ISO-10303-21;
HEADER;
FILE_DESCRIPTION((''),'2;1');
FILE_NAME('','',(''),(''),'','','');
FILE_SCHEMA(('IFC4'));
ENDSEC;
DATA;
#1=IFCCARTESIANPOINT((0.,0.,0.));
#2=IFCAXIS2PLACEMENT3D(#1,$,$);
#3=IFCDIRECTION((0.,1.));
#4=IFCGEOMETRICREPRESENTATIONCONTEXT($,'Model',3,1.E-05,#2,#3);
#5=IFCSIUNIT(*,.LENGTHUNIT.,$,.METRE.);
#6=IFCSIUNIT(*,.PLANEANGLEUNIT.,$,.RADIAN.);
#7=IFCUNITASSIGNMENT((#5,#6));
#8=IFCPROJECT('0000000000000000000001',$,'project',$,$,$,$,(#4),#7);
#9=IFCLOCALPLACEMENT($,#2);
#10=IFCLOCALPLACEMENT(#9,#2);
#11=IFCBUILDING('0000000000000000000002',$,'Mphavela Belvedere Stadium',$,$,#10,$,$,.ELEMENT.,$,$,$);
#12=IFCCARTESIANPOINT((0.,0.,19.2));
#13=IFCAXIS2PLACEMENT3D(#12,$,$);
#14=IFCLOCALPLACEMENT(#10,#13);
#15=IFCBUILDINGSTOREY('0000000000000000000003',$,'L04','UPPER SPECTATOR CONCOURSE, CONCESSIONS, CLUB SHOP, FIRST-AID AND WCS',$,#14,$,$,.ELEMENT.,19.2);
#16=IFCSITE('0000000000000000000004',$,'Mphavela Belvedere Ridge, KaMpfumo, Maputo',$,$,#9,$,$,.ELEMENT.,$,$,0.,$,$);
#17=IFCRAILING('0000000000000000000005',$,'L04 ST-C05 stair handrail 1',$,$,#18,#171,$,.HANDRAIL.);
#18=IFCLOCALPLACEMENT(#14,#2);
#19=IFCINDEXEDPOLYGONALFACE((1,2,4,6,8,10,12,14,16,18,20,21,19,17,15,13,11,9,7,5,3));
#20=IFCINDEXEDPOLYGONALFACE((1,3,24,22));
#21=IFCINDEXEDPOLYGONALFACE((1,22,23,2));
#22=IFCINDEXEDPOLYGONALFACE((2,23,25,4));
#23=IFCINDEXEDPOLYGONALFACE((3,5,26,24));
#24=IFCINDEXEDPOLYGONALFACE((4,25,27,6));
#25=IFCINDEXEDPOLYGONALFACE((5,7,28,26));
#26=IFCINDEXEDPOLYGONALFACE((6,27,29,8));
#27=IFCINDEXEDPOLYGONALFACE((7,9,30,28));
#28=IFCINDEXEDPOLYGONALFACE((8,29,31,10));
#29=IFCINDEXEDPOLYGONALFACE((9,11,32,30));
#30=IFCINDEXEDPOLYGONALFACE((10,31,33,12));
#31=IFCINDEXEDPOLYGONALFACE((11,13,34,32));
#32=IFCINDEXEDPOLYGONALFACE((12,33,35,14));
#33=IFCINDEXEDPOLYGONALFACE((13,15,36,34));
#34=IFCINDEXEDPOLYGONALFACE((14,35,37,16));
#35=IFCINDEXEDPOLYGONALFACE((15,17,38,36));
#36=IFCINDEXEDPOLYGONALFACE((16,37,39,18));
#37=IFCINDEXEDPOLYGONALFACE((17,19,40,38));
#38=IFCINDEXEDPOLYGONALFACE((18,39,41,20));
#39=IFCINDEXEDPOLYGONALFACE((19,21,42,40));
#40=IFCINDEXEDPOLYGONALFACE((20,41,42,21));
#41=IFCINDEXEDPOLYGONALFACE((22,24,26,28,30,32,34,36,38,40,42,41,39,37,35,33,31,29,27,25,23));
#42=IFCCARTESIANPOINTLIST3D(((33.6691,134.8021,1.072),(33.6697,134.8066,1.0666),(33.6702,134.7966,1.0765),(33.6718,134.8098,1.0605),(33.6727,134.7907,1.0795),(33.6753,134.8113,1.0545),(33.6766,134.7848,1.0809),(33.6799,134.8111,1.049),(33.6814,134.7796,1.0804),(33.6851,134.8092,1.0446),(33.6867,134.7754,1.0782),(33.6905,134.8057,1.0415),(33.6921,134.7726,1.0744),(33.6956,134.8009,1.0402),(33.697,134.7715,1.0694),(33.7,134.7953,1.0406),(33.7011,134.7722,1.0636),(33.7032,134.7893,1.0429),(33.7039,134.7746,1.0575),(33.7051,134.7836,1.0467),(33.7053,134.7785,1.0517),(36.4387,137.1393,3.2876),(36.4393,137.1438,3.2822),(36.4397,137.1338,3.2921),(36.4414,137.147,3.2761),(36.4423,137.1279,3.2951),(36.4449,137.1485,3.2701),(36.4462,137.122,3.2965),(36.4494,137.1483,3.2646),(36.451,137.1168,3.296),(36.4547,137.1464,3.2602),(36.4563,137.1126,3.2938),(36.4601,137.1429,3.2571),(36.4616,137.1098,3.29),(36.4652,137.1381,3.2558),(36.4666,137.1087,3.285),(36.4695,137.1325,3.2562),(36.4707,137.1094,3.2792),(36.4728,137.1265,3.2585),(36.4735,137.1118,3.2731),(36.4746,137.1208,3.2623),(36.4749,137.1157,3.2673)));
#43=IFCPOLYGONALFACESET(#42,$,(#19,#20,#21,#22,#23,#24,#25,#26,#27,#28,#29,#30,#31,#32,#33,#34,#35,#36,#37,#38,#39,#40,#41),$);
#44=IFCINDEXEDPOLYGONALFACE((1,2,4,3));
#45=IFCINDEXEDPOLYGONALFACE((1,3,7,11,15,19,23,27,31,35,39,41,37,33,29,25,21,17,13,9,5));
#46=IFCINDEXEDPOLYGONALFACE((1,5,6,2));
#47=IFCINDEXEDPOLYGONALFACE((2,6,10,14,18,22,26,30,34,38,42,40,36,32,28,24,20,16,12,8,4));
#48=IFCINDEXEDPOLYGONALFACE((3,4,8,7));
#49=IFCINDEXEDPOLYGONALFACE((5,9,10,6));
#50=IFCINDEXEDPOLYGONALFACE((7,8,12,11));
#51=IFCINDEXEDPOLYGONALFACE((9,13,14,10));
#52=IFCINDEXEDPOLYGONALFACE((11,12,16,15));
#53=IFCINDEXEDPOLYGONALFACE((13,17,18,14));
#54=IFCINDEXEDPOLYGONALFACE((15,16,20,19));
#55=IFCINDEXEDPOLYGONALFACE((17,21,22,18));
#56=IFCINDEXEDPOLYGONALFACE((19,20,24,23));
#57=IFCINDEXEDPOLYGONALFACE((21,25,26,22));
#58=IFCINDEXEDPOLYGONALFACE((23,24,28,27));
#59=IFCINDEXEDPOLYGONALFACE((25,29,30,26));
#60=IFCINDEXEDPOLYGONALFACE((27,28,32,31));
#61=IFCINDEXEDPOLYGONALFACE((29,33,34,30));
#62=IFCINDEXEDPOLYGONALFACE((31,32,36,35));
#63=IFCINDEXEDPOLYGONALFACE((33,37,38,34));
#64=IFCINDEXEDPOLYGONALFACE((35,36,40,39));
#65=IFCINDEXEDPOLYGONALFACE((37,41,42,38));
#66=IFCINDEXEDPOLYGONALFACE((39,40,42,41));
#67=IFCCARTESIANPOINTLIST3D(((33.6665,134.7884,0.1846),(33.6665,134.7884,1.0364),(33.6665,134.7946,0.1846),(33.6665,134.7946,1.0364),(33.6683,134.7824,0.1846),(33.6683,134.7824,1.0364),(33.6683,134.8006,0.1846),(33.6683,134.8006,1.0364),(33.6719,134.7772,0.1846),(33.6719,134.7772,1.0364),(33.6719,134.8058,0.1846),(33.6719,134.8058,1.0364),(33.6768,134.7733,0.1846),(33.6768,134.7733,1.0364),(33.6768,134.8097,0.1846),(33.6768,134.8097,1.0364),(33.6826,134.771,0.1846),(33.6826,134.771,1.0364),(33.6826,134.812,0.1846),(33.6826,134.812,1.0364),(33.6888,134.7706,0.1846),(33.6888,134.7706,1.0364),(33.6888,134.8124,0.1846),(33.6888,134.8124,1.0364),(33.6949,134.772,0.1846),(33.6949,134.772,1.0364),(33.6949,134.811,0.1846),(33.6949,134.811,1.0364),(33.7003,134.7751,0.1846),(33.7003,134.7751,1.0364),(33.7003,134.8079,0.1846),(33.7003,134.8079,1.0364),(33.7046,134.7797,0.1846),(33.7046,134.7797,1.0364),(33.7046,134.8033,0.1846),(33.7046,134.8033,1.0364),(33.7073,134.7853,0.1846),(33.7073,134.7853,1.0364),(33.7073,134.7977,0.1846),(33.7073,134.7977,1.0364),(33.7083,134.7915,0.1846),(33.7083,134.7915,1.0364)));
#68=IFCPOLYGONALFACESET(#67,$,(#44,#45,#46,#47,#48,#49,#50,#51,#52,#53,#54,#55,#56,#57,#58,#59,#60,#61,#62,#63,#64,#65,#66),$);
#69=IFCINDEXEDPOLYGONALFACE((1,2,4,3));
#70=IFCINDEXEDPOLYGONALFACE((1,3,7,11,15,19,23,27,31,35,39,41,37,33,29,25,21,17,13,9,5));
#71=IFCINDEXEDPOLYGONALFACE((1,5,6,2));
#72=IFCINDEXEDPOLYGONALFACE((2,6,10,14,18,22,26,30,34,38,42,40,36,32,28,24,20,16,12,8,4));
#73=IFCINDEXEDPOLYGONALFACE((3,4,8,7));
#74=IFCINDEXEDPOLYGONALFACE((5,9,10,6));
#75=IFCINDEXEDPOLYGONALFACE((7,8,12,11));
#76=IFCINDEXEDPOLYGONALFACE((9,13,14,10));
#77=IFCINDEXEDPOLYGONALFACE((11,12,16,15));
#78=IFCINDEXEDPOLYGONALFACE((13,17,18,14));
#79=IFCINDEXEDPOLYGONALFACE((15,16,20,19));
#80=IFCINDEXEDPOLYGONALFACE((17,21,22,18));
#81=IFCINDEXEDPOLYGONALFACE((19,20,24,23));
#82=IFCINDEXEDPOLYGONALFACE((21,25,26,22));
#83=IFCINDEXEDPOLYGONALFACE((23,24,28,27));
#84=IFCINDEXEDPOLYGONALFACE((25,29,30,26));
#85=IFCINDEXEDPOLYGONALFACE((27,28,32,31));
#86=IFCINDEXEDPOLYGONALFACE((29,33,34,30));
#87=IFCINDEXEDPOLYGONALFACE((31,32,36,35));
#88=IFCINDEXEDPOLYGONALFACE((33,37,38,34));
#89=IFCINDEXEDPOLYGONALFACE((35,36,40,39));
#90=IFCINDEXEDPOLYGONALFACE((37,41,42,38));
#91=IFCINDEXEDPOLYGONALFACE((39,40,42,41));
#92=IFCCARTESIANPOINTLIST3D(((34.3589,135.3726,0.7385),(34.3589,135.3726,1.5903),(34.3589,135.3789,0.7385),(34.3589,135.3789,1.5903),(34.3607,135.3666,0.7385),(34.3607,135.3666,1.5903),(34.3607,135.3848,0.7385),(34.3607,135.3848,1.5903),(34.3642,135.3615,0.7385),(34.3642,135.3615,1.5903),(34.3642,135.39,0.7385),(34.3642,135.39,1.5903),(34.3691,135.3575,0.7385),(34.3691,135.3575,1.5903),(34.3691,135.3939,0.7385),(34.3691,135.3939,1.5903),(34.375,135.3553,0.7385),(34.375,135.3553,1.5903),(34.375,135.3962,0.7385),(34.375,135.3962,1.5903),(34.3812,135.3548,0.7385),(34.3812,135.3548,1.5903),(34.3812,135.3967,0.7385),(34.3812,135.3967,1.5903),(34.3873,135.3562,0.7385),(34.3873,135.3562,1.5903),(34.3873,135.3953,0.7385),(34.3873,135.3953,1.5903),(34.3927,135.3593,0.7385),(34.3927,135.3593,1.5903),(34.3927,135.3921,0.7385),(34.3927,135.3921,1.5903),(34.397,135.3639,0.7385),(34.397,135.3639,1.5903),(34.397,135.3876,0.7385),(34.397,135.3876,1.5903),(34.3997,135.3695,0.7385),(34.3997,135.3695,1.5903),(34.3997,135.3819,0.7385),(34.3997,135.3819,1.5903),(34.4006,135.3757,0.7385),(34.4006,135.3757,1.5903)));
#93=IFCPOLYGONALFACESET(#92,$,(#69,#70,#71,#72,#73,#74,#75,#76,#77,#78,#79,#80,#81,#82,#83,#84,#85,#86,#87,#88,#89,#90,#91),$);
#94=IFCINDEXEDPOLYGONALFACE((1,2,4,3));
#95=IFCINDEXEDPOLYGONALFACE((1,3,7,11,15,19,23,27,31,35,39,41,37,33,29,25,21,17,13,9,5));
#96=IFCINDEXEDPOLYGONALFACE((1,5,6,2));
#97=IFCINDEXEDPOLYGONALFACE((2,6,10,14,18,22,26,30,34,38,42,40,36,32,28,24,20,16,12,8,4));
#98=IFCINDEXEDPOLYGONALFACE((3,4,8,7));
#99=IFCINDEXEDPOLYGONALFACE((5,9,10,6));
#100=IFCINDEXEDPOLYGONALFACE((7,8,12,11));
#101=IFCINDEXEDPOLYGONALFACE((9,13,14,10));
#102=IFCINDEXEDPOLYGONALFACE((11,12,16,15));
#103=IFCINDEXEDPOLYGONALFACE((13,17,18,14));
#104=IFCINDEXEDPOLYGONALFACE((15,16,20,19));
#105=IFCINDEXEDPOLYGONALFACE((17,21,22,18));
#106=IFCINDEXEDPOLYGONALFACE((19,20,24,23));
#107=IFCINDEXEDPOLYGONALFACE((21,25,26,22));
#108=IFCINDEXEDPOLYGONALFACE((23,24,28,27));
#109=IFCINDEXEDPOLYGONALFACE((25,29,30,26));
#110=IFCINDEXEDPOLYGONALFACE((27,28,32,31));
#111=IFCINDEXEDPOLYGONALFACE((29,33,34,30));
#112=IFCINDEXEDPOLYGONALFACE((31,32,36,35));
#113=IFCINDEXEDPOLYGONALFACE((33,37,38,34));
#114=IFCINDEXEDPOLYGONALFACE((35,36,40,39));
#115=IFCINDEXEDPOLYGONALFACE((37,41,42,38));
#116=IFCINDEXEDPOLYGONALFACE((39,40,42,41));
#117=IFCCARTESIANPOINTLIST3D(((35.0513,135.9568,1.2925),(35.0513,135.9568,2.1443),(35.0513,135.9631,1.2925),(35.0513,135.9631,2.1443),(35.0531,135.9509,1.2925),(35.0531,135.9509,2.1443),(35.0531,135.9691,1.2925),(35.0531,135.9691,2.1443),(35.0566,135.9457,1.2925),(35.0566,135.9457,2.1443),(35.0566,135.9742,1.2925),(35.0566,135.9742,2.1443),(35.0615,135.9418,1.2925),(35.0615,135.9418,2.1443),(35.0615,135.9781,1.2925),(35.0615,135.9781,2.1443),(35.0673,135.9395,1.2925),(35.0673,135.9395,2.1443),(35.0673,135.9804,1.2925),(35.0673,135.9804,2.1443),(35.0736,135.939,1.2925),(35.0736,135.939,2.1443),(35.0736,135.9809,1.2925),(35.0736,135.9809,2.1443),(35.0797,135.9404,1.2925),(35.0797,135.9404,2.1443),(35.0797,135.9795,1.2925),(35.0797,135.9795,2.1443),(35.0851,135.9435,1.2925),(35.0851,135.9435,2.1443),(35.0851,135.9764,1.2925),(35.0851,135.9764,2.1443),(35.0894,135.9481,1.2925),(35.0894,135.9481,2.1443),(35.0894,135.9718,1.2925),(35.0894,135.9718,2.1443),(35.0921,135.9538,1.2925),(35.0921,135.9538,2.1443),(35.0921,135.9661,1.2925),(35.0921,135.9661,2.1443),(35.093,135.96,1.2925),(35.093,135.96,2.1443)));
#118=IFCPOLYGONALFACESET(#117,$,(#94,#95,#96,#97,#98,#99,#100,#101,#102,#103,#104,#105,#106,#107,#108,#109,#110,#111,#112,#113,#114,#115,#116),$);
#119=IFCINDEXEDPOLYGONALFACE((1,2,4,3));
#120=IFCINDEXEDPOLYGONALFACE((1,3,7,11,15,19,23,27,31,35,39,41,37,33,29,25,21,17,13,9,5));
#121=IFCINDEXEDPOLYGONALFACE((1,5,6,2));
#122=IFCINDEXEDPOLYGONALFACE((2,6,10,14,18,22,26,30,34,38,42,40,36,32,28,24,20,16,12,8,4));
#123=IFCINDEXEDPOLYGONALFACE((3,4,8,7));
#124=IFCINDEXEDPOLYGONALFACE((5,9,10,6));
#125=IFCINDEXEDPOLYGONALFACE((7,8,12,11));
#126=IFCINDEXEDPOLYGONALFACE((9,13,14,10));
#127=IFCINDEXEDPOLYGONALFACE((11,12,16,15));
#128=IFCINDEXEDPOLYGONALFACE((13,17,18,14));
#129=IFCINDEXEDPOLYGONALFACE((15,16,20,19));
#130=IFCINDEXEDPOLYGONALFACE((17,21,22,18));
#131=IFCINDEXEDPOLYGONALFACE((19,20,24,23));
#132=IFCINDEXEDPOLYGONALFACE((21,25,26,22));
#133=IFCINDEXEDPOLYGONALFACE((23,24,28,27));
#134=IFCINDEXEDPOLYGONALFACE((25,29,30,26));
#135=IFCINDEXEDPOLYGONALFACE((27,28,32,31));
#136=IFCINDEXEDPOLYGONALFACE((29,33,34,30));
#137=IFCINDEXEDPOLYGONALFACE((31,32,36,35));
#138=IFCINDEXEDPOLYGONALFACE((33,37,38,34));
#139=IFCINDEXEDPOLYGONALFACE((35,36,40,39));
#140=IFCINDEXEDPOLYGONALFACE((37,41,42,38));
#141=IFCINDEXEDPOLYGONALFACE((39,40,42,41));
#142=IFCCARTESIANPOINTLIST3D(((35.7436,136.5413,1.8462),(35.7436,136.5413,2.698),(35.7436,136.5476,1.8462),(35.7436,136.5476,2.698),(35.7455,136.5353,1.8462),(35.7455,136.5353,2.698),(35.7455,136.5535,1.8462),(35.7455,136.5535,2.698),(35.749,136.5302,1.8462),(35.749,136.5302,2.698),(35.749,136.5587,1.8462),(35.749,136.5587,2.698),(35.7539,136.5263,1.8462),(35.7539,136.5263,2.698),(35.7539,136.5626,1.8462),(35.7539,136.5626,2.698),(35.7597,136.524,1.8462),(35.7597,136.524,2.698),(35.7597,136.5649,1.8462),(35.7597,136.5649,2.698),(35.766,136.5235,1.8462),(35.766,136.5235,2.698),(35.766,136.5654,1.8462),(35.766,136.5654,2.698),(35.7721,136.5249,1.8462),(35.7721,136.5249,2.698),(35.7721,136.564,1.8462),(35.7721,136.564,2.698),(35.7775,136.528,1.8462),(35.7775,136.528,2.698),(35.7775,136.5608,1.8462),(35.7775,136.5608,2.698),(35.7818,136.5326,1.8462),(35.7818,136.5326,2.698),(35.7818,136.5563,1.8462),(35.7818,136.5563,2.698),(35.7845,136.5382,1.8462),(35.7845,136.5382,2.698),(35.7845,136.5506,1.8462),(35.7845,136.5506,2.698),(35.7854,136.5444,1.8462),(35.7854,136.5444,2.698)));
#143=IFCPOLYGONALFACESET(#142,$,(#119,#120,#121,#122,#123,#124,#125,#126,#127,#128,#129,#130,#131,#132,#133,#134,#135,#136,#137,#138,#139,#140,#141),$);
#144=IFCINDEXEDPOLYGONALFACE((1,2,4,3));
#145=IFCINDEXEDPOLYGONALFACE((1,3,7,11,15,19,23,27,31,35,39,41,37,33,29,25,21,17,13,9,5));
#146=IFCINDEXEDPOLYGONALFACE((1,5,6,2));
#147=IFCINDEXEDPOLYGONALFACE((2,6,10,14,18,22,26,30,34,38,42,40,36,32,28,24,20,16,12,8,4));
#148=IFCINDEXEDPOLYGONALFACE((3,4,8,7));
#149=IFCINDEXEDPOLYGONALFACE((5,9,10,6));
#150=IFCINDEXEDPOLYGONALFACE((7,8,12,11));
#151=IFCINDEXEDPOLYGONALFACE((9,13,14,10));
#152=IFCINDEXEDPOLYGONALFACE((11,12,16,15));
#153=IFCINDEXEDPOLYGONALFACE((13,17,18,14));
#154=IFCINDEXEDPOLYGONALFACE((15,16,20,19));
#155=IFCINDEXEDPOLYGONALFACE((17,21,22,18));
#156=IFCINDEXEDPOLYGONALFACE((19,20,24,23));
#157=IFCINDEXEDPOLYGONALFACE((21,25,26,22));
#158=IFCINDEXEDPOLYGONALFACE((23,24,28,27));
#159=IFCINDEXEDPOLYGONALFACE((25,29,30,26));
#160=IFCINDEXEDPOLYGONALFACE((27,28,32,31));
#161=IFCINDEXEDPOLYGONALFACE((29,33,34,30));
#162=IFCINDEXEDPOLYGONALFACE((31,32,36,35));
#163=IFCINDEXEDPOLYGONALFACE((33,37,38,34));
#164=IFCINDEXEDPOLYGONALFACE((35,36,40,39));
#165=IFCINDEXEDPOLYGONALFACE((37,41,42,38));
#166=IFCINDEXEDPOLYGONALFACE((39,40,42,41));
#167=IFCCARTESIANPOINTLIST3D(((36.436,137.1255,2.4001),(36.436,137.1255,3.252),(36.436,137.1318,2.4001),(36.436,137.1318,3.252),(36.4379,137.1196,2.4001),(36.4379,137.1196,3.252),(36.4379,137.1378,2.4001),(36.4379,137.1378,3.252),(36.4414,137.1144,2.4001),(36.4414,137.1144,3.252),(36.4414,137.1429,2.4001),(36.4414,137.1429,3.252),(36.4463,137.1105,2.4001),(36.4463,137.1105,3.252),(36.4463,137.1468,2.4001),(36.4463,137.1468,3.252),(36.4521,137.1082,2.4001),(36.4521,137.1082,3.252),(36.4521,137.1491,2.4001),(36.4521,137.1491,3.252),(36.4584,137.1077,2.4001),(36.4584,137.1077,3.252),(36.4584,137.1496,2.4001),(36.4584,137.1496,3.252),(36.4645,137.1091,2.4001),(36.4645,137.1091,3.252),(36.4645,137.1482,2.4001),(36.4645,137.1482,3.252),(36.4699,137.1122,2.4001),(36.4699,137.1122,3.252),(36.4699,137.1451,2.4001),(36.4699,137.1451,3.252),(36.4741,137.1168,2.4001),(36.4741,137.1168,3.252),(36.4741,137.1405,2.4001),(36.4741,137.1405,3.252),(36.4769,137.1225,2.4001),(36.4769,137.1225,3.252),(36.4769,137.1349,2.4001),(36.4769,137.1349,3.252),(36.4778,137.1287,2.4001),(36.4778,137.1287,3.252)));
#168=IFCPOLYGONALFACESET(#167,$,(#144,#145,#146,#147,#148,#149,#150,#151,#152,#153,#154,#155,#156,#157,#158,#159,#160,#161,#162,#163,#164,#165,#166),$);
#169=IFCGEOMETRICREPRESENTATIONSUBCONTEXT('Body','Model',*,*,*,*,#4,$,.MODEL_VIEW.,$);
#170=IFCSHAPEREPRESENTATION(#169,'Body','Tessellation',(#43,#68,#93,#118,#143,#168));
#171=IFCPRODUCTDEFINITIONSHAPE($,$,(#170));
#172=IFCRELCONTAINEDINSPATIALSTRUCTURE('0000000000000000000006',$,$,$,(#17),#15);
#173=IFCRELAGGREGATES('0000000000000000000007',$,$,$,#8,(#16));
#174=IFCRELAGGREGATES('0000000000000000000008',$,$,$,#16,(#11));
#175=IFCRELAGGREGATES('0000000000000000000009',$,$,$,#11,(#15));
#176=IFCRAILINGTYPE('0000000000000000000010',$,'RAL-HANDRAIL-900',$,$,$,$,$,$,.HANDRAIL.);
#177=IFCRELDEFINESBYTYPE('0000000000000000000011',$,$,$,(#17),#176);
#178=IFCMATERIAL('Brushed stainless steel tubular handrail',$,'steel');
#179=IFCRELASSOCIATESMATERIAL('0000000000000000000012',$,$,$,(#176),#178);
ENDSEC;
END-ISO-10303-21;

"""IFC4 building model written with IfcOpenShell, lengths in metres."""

from ifc_helpers import new_model, si_unit, direction, frame, origin, origin_2d, place, context, subcontext, project, spatial, circle, extrude, material, type_object, element, save


model = new_model("IFC4")

# Units and contexts
model_context = context("Model", 3, precision=1e-05, world=origin(), true_north=direction((0.0, 1.0)))
body_context = subcontext(model_context, "Body", "Model", "MODEL_VIEW")
ifc_project = project(units=[si_unit("LENGTHUNIT", "METRE"), si_unit("PLANEANGLEUNIT", "RADIAN")], contexts=[model_context])

# Site, building, storey
site_placement = place(None, origin())
site = spatial("IfcSite", under=ifc_project, at=site_placement, Name="Mphavela Belvedere Ridge, KaMpfumo, Maputo", CompositionType="ELEMENT", RefElevation=0.0)
building_placement = place(site_placement, origin())
building = spatial("IfcBuilding", under=site, at=building_placement, Name="Mphavela Belvedere Stadium", CompositionType="ELEMENT")
storey_placement = place(building_placement, frame((0.0, 0.0, 19.2)))
storey = spatial("IfcBuildingStorey", under=building, at=storey_placement, Name="L04", Description="UPPER SPECTATOR CONCOURSE, CONCESSIONS, CLUB SHOP, FIRST-AID AND WCS", CompositionType="ELEMENT", Elevation=19.2)

# Railing
ifc_material_1 = material(Name="Brushed stainless steel tubular handrail", Category="steel")
railing_type_1 = type_object("IfcRailingType", Name="RAL-HANDRAIL-900", PredefinedType="HANDRAIL", material=ifc_material_1)
railing_1_placement = place(storey_placement, frame((33.6873, 134.7915, 0.1846)))
element("IfcRailing", 1, at=railing_1_placement, inside=storey, type_object=railing_type_1, Name="L04 ST-C05 stair handrail 1", PredefinedType="HANDRAIL", context=body_context, shape_type="SweptSolid", body=[
    extrude(circle(Radius=0.0239, at=origin_2d()), frame((0.0, 0.0, 0.876), z_axis=(0.652036, 0.550241, 0.521617), x_axis=(-0.64493, 0.764242, 0.0)), (0.0, 0.0, 1.0), 4.2476),
    extrude(circle(Radius=0.021, at=origin_2d()), origin(), (0.0, 0.0, 1.0), 0.8518),
    extrude(circle(Radius=0.021, at=origin_2d()), frame((0.6924, 0.5842, 0.554)), (0.0, 0.0, 1.0), 0.8518),
    extrude(circle(Radius=0.021, at=origin_2d()), frame((1.3848, 1.1685, 1.1079)), (0.0, 0.0, 1.0), 0.8518),
    extrude(circle(Radius=0.021, at=origin_2d()), frame((2.0771, 1.7529, 1.6616)), (0.0, 0.0, 1.0), 0.8518),
    extrude(circle(Radius=0.021, at=origin_2d()), frame((2.7695, 2.3372, 2.2156)), (0.0, 0.0, 1.0), 0.8518),
])

save(model, "model.ifc")
